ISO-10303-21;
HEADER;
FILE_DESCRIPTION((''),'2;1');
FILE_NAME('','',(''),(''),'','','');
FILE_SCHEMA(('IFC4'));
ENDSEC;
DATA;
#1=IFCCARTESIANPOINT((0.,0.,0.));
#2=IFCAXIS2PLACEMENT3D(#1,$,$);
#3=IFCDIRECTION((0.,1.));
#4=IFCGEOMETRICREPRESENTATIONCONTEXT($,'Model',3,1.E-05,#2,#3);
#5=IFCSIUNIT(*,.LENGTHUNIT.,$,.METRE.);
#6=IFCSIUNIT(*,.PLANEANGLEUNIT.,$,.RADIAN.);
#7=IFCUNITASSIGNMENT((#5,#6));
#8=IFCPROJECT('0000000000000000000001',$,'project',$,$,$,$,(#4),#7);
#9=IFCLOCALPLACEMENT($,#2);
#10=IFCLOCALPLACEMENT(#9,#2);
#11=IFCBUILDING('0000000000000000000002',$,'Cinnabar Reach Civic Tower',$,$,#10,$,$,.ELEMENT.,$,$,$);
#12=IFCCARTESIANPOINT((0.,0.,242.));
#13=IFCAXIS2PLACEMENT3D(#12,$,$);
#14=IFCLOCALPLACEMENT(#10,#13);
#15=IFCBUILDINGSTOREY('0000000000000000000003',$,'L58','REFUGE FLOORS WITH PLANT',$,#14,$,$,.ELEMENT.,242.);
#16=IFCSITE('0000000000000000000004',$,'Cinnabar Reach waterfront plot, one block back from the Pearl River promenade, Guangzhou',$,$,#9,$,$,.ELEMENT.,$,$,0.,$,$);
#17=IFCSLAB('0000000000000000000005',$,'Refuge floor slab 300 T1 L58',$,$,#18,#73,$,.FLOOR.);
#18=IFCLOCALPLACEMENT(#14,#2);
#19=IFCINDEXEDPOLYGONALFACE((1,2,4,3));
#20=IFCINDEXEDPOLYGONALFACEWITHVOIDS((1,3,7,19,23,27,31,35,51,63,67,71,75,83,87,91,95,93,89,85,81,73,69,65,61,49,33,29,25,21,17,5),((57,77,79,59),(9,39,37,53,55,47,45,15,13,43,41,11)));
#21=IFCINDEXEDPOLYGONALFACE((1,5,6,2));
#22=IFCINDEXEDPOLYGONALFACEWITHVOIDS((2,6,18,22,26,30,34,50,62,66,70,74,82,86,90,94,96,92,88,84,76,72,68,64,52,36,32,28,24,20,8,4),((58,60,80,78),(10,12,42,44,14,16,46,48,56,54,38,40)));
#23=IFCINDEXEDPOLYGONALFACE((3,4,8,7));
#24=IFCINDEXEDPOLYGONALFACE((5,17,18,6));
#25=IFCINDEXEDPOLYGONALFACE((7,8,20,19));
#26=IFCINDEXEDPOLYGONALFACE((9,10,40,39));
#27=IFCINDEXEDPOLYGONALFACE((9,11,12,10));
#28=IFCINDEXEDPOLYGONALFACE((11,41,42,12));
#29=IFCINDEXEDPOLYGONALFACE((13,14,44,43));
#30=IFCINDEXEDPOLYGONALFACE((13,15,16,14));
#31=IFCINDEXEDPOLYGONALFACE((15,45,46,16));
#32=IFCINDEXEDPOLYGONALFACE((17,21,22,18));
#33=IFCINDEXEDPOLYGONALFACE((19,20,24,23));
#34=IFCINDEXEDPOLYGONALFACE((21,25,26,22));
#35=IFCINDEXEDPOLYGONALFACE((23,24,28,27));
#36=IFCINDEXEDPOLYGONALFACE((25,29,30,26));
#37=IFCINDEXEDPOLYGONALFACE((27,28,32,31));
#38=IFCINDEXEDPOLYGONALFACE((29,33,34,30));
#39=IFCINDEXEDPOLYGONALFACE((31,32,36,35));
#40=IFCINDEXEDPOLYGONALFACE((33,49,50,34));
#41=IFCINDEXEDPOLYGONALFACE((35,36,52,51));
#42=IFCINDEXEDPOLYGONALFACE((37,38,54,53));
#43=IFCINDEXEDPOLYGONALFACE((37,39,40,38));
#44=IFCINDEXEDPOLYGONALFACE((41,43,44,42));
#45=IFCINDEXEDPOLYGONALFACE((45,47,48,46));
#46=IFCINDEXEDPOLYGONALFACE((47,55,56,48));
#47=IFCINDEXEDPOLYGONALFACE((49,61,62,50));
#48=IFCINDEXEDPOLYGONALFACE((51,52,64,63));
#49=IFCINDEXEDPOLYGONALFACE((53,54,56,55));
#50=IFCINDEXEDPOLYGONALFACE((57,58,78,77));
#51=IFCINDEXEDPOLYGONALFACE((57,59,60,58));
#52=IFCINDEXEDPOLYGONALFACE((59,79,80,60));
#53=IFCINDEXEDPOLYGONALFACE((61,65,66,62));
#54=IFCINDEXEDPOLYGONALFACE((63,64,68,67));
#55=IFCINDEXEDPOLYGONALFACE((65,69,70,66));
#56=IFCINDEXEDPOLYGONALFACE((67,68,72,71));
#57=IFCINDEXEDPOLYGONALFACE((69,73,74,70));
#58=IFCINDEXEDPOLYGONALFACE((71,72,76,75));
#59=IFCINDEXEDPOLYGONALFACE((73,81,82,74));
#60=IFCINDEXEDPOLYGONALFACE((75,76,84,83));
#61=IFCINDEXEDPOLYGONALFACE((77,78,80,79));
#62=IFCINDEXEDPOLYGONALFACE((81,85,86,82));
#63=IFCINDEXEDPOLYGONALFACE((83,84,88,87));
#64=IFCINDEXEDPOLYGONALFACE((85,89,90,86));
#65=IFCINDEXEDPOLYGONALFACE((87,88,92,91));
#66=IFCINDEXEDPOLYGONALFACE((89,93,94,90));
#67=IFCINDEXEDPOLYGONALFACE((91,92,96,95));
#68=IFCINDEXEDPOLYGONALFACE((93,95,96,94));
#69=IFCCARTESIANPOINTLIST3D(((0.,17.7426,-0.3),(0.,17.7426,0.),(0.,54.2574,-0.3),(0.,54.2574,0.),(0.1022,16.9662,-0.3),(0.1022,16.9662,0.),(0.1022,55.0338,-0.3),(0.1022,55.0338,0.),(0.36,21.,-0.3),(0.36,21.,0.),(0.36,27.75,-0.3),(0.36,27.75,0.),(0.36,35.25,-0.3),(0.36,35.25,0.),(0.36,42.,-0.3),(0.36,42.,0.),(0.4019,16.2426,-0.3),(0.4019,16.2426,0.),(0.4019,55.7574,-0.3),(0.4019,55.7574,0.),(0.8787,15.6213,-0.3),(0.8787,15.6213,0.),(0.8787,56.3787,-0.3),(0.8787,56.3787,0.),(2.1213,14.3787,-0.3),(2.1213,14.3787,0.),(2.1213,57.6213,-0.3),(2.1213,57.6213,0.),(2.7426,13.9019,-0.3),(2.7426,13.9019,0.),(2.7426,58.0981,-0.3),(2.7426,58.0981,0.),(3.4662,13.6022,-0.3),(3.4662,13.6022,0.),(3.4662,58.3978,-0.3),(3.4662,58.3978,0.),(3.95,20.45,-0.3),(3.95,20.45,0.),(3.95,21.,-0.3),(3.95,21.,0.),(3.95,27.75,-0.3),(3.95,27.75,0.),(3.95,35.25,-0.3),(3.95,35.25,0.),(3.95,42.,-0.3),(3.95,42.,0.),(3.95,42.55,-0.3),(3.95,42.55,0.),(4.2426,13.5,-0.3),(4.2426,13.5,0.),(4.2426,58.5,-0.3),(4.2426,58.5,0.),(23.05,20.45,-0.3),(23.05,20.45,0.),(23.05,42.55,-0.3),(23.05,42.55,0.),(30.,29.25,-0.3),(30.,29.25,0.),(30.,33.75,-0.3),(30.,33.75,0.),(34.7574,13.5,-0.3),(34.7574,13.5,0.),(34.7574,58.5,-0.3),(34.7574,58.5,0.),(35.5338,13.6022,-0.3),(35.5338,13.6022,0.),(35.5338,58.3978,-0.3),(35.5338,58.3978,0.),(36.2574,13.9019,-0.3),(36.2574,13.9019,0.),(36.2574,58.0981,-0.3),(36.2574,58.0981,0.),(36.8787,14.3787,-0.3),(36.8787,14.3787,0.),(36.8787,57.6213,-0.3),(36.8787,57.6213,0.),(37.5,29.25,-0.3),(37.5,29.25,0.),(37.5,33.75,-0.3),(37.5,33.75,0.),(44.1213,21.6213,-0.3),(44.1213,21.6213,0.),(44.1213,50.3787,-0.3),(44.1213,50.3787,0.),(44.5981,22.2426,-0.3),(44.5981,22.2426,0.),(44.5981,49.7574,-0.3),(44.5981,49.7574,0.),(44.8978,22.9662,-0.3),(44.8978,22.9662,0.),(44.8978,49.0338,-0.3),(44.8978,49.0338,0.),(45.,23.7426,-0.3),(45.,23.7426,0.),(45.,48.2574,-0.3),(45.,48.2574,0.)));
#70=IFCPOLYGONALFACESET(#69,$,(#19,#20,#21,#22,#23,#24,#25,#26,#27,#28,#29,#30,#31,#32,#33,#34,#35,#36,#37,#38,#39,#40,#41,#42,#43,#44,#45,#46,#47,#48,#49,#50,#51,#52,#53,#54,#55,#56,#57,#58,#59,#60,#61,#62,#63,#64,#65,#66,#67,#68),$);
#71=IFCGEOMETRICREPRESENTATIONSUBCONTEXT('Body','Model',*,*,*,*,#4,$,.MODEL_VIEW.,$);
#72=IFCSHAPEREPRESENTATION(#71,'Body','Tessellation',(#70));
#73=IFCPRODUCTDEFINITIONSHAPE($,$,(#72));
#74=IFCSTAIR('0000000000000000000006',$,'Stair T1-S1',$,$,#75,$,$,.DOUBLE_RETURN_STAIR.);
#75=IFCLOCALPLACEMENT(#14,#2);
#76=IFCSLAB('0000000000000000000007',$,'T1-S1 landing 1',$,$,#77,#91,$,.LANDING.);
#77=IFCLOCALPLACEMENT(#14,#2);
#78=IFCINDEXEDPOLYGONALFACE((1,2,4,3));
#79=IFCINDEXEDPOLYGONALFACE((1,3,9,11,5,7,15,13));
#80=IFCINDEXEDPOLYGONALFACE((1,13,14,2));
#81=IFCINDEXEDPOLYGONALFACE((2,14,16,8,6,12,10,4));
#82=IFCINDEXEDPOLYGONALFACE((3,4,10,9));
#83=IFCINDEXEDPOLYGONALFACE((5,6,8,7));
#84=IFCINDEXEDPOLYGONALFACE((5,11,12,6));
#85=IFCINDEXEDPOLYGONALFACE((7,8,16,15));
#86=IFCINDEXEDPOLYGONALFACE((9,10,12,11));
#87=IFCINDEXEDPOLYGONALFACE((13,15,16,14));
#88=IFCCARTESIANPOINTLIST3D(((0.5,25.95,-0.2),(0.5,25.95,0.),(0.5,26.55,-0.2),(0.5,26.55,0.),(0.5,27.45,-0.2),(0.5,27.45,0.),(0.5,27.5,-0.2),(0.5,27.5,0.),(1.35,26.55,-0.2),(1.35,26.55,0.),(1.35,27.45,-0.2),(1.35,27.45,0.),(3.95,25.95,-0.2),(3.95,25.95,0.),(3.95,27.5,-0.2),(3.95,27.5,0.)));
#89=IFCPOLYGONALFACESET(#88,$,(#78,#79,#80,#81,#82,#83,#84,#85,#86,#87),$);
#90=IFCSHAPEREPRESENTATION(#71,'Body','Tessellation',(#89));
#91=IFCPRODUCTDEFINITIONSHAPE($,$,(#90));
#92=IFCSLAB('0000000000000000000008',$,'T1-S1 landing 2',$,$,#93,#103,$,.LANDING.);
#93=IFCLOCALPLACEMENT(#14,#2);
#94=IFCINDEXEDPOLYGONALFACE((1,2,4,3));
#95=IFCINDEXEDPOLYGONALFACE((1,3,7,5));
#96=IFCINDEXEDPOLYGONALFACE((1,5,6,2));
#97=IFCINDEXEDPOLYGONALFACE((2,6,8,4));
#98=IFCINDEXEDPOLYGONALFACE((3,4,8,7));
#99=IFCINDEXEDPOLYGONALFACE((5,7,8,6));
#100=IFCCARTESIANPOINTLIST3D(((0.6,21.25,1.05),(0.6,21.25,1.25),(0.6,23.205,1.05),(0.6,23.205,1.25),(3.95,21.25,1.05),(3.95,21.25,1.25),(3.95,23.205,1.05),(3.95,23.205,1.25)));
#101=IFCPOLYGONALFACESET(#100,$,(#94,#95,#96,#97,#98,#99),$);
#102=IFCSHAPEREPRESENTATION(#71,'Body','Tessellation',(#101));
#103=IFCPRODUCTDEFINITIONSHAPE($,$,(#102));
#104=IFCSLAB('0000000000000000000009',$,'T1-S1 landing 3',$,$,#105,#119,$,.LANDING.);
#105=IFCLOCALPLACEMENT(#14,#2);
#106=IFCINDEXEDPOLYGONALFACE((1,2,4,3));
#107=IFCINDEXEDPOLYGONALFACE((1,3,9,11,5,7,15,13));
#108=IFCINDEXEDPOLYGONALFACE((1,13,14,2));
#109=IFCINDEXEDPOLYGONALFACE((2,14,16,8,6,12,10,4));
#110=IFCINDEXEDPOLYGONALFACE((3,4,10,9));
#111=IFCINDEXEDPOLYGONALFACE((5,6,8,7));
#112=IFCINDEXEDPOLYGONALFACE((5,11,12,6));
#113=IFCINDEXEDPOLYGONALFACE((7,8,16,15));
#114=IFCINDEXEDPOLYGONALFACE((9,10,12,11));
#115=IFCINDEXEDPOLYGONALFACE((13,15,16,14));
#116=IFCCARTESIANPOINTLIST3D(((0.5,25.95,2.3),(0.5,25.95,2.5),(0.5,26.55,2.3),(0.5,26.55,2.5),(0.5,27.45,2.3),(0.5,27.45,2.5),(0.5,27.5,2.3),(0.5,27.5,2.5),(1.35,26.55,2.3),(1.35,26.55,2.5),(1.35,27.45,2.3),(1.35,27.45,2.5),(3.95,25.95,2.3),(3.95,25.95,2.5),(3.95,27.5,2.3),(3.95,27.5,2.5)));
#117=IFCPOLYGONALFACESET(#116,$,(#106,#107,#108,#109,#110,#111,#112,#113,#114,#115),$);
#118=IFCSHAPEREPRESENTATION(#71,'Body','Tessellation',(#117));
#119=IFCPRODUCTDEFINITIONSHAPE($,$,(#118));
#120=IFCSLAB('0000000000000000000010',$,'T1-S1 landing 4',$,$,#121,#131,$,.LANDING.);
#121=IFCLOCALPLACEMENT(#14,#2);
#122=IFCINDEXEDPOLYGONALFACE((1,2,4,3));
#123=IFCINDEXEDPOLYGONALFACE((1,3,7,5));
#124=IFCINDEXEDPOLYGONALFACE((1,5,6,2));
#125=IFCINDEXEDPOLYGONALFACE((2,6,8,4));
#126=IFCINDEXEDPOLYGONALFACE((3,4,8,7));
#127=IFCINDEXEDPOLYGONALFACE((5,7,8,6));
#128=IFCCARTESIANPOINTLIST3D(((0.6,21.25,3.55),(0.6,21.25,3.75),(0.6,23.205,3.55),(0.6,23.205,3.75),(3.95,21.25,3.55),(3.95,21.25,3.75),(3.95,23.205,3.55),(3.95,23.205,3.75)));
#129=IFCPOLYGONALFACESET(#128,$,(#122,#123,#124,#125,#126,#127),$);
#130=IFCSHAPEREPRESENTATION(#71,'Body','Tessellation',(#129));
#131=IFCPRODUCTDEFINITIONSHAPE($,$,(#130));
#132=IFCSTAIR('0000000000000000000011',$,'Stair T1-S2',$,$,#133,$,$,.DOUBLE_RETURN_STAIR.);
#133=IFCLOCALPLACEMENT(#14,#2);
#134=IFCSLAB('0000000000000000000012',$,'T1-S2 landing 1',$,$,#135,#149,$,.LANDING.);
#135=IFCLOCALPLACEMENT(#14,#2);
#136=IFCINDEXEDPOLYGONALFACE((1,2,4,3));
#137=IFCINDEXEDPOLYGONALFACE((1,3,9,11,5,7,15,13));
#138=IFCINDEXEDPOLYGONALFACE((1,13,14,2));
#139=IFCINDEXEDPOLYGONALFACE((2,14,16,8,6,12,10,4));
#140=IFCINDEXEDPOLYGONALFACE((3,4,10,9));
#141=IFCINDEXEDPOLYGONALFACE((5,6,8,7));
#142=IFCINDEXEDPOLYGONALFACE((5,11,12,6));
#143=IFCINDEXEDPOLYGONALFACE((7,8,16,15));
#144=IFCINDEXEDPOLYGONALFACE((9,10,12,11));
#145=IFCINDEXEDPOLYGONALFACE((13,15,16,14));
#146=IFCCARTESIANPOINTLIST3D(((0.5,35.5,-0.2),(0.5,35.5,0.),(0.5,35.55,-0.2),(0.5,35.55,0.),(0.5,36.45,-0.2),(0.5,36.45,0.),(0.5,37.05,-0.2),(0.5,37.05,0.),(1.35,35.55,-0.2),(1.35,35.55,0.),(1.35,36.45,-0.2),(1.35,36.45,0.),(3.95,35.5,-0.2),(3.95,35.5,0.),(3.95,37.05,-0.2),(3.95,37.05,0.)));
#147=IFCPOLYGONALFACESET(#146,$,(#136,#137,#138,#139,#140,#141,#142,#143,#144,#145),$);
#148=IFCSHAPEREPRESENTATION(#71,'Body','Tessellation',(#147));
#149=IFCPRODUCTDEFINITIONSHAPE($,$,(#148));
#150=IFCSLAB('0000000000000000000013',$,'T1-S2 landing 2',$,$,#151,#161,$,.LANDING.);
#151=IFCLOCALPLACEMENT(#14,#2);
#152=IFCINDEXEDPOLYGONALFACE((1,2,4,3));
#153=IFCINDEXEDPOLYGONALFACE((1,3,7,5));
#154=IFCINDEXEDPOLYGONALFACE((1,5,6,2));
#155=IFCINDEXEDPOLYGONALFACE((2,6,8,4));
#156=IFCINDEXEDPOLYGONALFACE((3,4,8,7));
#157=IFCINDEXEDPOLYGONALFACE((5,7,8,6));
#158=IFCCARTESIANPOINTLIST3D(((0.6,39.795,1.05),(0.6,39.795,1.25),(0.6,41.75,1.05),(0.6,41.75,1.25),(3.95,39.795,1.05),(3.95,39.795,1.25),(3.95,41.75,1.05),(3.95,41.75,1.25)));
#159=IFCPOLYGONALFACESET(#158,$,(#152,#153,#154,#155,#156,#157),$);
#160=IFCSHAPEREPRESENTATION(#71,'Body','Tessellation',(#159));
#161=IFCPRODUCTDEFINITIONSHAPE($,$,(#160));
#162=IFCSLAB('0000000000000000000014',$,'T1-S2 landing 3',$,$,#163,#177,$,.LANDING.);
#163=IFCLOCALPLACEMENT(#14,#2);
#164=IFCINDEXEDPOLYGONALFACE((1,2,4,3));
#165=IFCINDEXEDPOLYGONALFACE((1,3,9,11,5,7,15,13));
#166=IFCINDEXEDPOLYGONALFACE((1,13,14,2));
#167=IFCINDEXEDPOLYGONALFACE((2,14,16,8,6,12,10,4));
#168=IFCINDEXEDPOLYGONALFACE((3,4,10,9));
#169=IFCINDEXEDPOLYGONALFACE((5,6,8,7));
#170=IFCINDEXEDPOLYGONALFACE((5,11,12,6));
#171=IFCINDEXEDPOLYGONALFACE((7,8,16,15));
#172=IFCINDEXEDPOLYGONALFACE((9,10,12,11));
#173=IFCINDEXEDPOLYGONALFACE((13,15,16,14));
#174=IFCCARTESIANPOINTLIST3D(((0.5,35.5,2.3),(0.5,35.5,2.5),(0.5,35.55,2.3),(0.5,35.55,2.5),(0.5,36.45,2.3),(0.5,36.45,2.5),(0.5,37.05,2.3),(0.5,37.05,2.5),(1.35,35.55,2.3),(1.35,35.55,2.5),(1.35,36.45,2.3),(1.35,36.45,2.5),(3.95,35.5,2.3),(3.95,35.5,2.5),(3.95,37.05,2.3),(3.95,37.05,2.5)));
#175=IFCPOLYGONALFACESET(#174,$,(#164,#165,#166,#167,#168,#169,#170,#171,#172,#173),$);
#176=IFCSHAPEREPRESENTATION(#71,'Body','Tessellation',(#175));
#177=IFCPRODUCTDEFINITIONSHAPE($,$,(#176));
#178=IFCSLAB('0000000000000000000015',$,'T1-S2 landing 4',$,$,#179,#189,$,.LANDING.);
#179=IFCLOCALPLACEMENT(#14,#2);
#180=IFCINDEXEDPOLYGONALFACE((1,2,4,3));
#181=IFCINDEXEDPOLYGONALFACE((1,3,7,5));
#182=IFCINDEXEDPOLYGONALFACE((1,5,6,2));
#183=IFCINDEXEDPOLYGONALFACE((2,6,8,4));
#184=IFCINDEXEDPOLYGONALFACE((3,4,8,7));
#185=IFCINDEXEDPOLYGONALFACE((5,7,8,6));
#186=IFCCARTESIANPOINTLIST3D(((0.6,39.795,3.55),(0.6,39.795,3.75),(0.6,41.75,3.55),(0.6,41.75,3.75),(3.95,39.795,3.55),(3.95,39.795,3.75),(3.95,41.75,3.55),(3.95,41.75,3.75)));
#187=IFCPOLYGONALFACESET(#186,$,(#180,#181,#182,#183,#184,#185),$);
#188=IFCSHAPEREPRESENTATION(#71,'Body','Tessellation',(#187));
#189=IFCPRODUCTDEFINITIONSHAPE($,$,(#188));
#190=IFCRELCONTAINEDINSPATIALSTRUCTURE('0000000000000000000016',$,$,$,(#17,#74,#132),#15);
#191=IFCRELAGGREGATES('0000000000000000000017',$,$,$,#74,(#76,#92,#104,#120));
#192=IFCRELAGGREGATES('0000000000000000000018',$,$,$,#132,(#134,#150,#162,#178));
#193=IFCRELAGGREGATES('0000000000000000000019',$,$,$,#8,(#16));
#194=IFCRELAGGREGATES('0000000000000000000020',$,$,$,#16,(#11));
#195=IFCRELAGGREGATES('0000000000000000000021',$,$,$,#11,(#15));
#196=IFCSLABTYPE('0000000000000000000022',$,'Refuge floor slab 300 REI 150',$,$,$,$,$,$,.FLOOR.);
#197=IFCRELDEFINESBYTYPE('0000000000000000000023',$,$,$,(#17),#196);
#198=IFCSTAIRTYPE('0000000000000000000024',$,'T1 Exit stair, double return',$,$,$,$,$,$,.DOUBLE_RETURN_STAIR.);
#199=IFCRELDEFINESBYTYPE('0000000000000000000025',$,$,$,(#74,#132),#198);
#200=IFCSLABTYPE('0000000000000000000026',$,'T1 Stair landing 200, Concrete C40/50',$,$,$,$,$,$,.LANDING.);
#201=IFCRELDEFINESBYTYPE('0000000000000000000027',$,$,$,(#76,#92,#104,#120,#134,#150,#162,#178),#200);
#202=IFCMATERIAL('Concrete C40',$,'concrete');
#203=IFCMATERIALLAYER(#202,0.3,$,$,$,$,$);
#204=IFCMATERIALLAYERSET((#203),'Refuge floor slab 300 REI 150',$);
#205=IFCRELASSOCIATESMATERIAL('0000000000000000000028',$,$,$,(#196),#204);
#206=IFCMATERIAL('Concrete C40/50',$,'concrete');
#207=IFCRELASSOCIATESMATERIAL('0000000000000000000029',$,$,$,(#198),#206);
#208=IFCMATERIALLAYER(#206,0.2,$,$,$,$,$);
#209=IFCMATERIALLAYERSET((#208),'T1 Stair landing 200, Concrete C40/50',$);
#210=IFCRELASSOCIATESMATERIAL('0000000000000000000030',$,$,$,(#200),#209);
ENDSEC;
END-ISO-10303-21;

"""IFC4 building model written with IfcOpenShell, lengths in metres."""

from ifc_helpers import new_model, si_unit, direction, frame, origin, place, context, subcontext, project, spatial, polyline, outline, extrude, material, layer, layer_set, type_object, element, aggregate, save


model = new_model("IFC4")

# Units and contexts
model_context = context("Model", 3, precision=1e-05, world=origin(), true_north=direction((0.0, 1.0)))
body_context = subcontext(model_context, "Body", "Model", "MODEL_VIEW")
ifc_project = project(units=[si_unit("LENGTHUNIT", "METRE"), si_unit("PLANEANGLEUNIT", "RADIAN")], contexts=[model_context])

# Site, building, storey
site_placement = place(None, origin())
site = spatial("IfcSite", under=ifc_project, at=site_placement, Name="Cinnabar Reach waterfront plot, one block back from the Pearl River promenade, Guangzhou", CompositionType="ELEMENT", RefElevation=0.0)
building_placement = place(site_placement, origin())
building = spatial("IfcBuilding", under=site, at=building_placement, Name="Cinnabar Reach Civic Tower", CompositionType="ELEMENT")
storey_placement = place(building_placement, frame((0.0, 0.0, 242.0)))
storey = spatial("IfcBuildingStorey", under=building, at=storey_placement, Name="L58", Description="REFUGE FLOORS WITH PLANT", CompositionType="ELEMENT", Elevation=242.0)

# Slab
ifc_material_1 = material(Name="Concrete C40", Category="concrete")
ifc_layer_1 = layer(ifc_material_1, 0.3)
ifc_layer_set_1 = layer_set([ifc_layer_1], Name="Refuge floor slab 300 REI 150")
slab_type_1 = type_object("IfcSlabType", Name="Refuge floor slab 300 REI 150", PredefinedType="FLOOR", material=ifc_layer_set_1)
slab_1_placement = place(storey_placement, frame((0.0, 0.0, -0.3)))
element("IfcSlab", 1, at=slab_1_placement, inside=storey, type_object=slab_type_1, Name="Refuge floor slab 300 T1 L58", PredefinedType="FLOOR", context=body_context, shape_type="SweptSolid", body=[
    extrude(outline(polyline([(0.8787, 15.6213), (0.4019, 16.2426), (0.1022, 16.9662), (0.0, 17.7426), (0.0, 54.2574), (0.1022, 55.0338), (0.4019, 55.7574), (0.8787, 56.3787), (2.1213, 57.6213), (2.7426, 58.0981), (3.4662, 58.3978), (4.2426, 58.5), (34.7574, 58.5), (35.5338, 58.3978), (36.2574, 58.0981), (36.8787, 57.6213), (44.1213, 50.3787), (44.5981, 49.7574), (44.8978, 49.0338), (45.0, 48.2574), (45.0, 23.7426), (44.8978, 22.9662), (44.5981, 22.2426), (44.1213, 21.6213), (36.8787, 14.3787), (36.2574, 13.9019), (35.5338, 13.6022), (34.7574, 13.5), (4.2426, 13.5), (3.4662, 13.6022), (2.7426, 13.9019), (2.1213, 14.3787), (0.8787, 15.6213)]), holes=[polyline([(0.36, 21.0), (3.95, 21.0), (3.95, 20.45), (23.05, 20.45), (23.05, 42.55), (3.95, 42.55), (3.95, 42.0), (0.36, 42.0), (0.36, 35.25), (3.95, 35.25), (3.95, 27.75), (0.36, 27.75), (0.36, 21.0)]), polyline([(30.0, 33.75), (30.0, 29.25), (37.5, 29.25), (37.5, 33.75), (30.0, 33.75)])]), origin(), (0.0, 0.0, 1.0), 0.3),
])

# Stairs, slabs
ifc_material_2 = material(Name="Concrete C40/50", Category="concrete")
stair_type = type_object("IfcStairType", Name="T1 Exit stair, double return", PredefinedType="DOUBLE_RETURN_STAIR", material=ifc_material_2)
stair_1_placement = place(storey_placement, origin())
stair_1 = element("IfcStair", 2, at=stair_1_placement, inside=storey, type_object=stair_type, Name="Stair T1-S1", PredefinedType="DOUBLE_RETURN_STAIR")
ifc_layer_2 = layer(ifc_material_2, 0.2)
ifc_layer_set_2 = layer_set([ifc_layer_2], Name="T1 Stair landing 200, Concrete C40/50")
slab_type_2 = type_object("IfcSlabType", Name="T1 Stair landing 200, Concrete C40/50", PredefinedType="LANDING", material=ifc_layer_set_2)
slab_2_placement = place(storey_placement, frame((0.0, 0.0, -0.2)))
slab_2 = element("IfcSlab", 3, at=slab_2_placement, type_object=slab_type_2, Name="T1-S1 landing 1", PredefinedType="LANDING", context=body_context, shape_type="SweptSolid", body=[
    extrude(outline(polyline([(0.5, 27.5), (3.95, 27.5), (3.95, 25.95), (0.5, 25.95), (0.5, 26.55), (1.35, 26.55), (1.35, 27.45), (0.5, 27.45), (0.5, 27.5)])), origin(), (0.0, 0.0, 1.0), 0.2),
])
slab_3_placement = place(storey_placement, frame((0.0, 0.0, 1.05)))
slab_3 = element("IfcSlab", 4, at=slab_3_placement, type_object=slab_type_2, Name="T1-S1 landing 2", PredefinedType="LANDING", context=body_context, shape_type="SweptSolid", body=[
    extrude(outline(polyline([(0.6, 21.25), (0.6, 23.205), (3.95, 23.205), (3.95, 21.25), (0.6, 21.25)])), origin(), (0.0, 0.0, 1.0), 0.2),
])
slab_4_placement = place(storey_placement, frame((0.0, 0.0, 2.3)))
slab_4 = element("IfcSlab", 5, at=slab_4_placement, type_object=slab_type_2, Name="T1-S1 landing 3", PredefinedType="LANDING", context=body_context, shape_type="SweptSolid", body=[
    extrude(outline(polyline([(0.5, 27.5), (3.95, 27.5), (3.95, 25.95), (0.5, 25.95), (0.5, 26.55), (1.35, 26.55), (1.35, 27.45), (0.5, 27.45), (0.5, 27.5)])), origin(), (0.0, 0.0, 1.0), 0.2),
])
slab_5_placement = place(storey_placement, frame((0.0, 0.0, 3.55)))
slab_5 = element("IfcSlab", 6, at=slab_5_placement, type_object=slab_type_2, Name="T1-S1 landing 4", PredefinedType="LANDING", context=body_context, shape_type="SweptSolid", body=[
    extrude(outline(polyline([(0.6, 21.25), (0.6, 23.205), (3.95, 23.205), (3.95, 21.25), (0.6, 21.25)])), origin(), (0.0, 0.0, 1.0), 0.2),
])
aggregate(stair_1, [slab_2, slab_3, slab_4, slab_5])
stair_2_placement = place(storey_placement, origin())
stair_2 = element("IfcStair", 7, at=stair_2_placement, inside=storey, type_object=stair_type, Name="Stair T1-S2", PredefinedType="DOUBLE_RETURN_STAIR")
slab_6_placement = place(storey_placement, frame((0.0, 0.0, -0.2)))
slab_6 = element("IfcSlab", 8, at=slab_6_placement, type_object=slab_type_2, Name="T1-S2 landing 1", PredefinedType="LANDING", context=body_context, shape_type="SweptSolid", body=[
    extrude(outline(polyline([(0.5, 37.05), (3.95, 37.05), (3.95, 35.5), (0.5, 35.5), (0.5, 35.55), (1.35, 35.55), (1.35, 36.45), (0.5, 36.45), (0.5, 37.05)])), origin(), (0.0, 0.0, 1.0), 0.2),
])
slab_7_placement = place(storey_placement, frame((0.0, 0.0, 1.05)))
slab_7 = element("IfcSlab", 9, at=slab_7_placement, type_object=slab_type_2, Name="T1-S2 landing 2", PredefinedType="LANDING", context=body_context, shape_type="SweptSolid", body=[
    extrude(outline(polyline([(0.6, 39.795), (0.6, 41.75), (3.95, 41.75), (3.95, 39.795), (0.6, 39.795)])), origin(), (0.0, 0.0, 1.0), 0.2),
])
slab_8_placement = place(storey_placement, frame((0.0, 0.0, 2.3)))
slab_8 = element("IfcSlab", 10, at=slab_8_placement, type_object=slab_type_2, Name="T1-S2 landing 3", PredefinedType="LANDING", context=body_context, shape_type="SweptSolid", body=[
    extrude(outline(polyline([(0.5, 37.05), (3.95, 37.05), (3.95, 35.5), (0.5, 35.5), (0.5, 35.55), (1.35, 35.55), (1.35, 36.45), (0.5, 36.45), (0.5, 37.05)])), origin(), (0.0, 0.0, 1.0), 0.2),
])
slab_9_placement = place(storey_placement, frame((0.0, 0.0, 3.55)))
slab_9 = element("IfcSlab", 11, at=slab_9_placement, type_object=slab_type_2, Name="T1-S2 landing 4", PredefinedType="LANDING", context=body_context, shape_type="SweptSolid", body=[
    extrude(outline(polyline([(0.6, 39.795), (0.6, 41.75), (3.95, 41.75), (3.95, 39.795), (0.6, 39.795)])), origin(), (0.0, 0.0, 1.0), 0.2),
])
aggregate(stair_2, [slab_6, slab_7, slab_8, slab_9])

save(model, "model.ifc")
